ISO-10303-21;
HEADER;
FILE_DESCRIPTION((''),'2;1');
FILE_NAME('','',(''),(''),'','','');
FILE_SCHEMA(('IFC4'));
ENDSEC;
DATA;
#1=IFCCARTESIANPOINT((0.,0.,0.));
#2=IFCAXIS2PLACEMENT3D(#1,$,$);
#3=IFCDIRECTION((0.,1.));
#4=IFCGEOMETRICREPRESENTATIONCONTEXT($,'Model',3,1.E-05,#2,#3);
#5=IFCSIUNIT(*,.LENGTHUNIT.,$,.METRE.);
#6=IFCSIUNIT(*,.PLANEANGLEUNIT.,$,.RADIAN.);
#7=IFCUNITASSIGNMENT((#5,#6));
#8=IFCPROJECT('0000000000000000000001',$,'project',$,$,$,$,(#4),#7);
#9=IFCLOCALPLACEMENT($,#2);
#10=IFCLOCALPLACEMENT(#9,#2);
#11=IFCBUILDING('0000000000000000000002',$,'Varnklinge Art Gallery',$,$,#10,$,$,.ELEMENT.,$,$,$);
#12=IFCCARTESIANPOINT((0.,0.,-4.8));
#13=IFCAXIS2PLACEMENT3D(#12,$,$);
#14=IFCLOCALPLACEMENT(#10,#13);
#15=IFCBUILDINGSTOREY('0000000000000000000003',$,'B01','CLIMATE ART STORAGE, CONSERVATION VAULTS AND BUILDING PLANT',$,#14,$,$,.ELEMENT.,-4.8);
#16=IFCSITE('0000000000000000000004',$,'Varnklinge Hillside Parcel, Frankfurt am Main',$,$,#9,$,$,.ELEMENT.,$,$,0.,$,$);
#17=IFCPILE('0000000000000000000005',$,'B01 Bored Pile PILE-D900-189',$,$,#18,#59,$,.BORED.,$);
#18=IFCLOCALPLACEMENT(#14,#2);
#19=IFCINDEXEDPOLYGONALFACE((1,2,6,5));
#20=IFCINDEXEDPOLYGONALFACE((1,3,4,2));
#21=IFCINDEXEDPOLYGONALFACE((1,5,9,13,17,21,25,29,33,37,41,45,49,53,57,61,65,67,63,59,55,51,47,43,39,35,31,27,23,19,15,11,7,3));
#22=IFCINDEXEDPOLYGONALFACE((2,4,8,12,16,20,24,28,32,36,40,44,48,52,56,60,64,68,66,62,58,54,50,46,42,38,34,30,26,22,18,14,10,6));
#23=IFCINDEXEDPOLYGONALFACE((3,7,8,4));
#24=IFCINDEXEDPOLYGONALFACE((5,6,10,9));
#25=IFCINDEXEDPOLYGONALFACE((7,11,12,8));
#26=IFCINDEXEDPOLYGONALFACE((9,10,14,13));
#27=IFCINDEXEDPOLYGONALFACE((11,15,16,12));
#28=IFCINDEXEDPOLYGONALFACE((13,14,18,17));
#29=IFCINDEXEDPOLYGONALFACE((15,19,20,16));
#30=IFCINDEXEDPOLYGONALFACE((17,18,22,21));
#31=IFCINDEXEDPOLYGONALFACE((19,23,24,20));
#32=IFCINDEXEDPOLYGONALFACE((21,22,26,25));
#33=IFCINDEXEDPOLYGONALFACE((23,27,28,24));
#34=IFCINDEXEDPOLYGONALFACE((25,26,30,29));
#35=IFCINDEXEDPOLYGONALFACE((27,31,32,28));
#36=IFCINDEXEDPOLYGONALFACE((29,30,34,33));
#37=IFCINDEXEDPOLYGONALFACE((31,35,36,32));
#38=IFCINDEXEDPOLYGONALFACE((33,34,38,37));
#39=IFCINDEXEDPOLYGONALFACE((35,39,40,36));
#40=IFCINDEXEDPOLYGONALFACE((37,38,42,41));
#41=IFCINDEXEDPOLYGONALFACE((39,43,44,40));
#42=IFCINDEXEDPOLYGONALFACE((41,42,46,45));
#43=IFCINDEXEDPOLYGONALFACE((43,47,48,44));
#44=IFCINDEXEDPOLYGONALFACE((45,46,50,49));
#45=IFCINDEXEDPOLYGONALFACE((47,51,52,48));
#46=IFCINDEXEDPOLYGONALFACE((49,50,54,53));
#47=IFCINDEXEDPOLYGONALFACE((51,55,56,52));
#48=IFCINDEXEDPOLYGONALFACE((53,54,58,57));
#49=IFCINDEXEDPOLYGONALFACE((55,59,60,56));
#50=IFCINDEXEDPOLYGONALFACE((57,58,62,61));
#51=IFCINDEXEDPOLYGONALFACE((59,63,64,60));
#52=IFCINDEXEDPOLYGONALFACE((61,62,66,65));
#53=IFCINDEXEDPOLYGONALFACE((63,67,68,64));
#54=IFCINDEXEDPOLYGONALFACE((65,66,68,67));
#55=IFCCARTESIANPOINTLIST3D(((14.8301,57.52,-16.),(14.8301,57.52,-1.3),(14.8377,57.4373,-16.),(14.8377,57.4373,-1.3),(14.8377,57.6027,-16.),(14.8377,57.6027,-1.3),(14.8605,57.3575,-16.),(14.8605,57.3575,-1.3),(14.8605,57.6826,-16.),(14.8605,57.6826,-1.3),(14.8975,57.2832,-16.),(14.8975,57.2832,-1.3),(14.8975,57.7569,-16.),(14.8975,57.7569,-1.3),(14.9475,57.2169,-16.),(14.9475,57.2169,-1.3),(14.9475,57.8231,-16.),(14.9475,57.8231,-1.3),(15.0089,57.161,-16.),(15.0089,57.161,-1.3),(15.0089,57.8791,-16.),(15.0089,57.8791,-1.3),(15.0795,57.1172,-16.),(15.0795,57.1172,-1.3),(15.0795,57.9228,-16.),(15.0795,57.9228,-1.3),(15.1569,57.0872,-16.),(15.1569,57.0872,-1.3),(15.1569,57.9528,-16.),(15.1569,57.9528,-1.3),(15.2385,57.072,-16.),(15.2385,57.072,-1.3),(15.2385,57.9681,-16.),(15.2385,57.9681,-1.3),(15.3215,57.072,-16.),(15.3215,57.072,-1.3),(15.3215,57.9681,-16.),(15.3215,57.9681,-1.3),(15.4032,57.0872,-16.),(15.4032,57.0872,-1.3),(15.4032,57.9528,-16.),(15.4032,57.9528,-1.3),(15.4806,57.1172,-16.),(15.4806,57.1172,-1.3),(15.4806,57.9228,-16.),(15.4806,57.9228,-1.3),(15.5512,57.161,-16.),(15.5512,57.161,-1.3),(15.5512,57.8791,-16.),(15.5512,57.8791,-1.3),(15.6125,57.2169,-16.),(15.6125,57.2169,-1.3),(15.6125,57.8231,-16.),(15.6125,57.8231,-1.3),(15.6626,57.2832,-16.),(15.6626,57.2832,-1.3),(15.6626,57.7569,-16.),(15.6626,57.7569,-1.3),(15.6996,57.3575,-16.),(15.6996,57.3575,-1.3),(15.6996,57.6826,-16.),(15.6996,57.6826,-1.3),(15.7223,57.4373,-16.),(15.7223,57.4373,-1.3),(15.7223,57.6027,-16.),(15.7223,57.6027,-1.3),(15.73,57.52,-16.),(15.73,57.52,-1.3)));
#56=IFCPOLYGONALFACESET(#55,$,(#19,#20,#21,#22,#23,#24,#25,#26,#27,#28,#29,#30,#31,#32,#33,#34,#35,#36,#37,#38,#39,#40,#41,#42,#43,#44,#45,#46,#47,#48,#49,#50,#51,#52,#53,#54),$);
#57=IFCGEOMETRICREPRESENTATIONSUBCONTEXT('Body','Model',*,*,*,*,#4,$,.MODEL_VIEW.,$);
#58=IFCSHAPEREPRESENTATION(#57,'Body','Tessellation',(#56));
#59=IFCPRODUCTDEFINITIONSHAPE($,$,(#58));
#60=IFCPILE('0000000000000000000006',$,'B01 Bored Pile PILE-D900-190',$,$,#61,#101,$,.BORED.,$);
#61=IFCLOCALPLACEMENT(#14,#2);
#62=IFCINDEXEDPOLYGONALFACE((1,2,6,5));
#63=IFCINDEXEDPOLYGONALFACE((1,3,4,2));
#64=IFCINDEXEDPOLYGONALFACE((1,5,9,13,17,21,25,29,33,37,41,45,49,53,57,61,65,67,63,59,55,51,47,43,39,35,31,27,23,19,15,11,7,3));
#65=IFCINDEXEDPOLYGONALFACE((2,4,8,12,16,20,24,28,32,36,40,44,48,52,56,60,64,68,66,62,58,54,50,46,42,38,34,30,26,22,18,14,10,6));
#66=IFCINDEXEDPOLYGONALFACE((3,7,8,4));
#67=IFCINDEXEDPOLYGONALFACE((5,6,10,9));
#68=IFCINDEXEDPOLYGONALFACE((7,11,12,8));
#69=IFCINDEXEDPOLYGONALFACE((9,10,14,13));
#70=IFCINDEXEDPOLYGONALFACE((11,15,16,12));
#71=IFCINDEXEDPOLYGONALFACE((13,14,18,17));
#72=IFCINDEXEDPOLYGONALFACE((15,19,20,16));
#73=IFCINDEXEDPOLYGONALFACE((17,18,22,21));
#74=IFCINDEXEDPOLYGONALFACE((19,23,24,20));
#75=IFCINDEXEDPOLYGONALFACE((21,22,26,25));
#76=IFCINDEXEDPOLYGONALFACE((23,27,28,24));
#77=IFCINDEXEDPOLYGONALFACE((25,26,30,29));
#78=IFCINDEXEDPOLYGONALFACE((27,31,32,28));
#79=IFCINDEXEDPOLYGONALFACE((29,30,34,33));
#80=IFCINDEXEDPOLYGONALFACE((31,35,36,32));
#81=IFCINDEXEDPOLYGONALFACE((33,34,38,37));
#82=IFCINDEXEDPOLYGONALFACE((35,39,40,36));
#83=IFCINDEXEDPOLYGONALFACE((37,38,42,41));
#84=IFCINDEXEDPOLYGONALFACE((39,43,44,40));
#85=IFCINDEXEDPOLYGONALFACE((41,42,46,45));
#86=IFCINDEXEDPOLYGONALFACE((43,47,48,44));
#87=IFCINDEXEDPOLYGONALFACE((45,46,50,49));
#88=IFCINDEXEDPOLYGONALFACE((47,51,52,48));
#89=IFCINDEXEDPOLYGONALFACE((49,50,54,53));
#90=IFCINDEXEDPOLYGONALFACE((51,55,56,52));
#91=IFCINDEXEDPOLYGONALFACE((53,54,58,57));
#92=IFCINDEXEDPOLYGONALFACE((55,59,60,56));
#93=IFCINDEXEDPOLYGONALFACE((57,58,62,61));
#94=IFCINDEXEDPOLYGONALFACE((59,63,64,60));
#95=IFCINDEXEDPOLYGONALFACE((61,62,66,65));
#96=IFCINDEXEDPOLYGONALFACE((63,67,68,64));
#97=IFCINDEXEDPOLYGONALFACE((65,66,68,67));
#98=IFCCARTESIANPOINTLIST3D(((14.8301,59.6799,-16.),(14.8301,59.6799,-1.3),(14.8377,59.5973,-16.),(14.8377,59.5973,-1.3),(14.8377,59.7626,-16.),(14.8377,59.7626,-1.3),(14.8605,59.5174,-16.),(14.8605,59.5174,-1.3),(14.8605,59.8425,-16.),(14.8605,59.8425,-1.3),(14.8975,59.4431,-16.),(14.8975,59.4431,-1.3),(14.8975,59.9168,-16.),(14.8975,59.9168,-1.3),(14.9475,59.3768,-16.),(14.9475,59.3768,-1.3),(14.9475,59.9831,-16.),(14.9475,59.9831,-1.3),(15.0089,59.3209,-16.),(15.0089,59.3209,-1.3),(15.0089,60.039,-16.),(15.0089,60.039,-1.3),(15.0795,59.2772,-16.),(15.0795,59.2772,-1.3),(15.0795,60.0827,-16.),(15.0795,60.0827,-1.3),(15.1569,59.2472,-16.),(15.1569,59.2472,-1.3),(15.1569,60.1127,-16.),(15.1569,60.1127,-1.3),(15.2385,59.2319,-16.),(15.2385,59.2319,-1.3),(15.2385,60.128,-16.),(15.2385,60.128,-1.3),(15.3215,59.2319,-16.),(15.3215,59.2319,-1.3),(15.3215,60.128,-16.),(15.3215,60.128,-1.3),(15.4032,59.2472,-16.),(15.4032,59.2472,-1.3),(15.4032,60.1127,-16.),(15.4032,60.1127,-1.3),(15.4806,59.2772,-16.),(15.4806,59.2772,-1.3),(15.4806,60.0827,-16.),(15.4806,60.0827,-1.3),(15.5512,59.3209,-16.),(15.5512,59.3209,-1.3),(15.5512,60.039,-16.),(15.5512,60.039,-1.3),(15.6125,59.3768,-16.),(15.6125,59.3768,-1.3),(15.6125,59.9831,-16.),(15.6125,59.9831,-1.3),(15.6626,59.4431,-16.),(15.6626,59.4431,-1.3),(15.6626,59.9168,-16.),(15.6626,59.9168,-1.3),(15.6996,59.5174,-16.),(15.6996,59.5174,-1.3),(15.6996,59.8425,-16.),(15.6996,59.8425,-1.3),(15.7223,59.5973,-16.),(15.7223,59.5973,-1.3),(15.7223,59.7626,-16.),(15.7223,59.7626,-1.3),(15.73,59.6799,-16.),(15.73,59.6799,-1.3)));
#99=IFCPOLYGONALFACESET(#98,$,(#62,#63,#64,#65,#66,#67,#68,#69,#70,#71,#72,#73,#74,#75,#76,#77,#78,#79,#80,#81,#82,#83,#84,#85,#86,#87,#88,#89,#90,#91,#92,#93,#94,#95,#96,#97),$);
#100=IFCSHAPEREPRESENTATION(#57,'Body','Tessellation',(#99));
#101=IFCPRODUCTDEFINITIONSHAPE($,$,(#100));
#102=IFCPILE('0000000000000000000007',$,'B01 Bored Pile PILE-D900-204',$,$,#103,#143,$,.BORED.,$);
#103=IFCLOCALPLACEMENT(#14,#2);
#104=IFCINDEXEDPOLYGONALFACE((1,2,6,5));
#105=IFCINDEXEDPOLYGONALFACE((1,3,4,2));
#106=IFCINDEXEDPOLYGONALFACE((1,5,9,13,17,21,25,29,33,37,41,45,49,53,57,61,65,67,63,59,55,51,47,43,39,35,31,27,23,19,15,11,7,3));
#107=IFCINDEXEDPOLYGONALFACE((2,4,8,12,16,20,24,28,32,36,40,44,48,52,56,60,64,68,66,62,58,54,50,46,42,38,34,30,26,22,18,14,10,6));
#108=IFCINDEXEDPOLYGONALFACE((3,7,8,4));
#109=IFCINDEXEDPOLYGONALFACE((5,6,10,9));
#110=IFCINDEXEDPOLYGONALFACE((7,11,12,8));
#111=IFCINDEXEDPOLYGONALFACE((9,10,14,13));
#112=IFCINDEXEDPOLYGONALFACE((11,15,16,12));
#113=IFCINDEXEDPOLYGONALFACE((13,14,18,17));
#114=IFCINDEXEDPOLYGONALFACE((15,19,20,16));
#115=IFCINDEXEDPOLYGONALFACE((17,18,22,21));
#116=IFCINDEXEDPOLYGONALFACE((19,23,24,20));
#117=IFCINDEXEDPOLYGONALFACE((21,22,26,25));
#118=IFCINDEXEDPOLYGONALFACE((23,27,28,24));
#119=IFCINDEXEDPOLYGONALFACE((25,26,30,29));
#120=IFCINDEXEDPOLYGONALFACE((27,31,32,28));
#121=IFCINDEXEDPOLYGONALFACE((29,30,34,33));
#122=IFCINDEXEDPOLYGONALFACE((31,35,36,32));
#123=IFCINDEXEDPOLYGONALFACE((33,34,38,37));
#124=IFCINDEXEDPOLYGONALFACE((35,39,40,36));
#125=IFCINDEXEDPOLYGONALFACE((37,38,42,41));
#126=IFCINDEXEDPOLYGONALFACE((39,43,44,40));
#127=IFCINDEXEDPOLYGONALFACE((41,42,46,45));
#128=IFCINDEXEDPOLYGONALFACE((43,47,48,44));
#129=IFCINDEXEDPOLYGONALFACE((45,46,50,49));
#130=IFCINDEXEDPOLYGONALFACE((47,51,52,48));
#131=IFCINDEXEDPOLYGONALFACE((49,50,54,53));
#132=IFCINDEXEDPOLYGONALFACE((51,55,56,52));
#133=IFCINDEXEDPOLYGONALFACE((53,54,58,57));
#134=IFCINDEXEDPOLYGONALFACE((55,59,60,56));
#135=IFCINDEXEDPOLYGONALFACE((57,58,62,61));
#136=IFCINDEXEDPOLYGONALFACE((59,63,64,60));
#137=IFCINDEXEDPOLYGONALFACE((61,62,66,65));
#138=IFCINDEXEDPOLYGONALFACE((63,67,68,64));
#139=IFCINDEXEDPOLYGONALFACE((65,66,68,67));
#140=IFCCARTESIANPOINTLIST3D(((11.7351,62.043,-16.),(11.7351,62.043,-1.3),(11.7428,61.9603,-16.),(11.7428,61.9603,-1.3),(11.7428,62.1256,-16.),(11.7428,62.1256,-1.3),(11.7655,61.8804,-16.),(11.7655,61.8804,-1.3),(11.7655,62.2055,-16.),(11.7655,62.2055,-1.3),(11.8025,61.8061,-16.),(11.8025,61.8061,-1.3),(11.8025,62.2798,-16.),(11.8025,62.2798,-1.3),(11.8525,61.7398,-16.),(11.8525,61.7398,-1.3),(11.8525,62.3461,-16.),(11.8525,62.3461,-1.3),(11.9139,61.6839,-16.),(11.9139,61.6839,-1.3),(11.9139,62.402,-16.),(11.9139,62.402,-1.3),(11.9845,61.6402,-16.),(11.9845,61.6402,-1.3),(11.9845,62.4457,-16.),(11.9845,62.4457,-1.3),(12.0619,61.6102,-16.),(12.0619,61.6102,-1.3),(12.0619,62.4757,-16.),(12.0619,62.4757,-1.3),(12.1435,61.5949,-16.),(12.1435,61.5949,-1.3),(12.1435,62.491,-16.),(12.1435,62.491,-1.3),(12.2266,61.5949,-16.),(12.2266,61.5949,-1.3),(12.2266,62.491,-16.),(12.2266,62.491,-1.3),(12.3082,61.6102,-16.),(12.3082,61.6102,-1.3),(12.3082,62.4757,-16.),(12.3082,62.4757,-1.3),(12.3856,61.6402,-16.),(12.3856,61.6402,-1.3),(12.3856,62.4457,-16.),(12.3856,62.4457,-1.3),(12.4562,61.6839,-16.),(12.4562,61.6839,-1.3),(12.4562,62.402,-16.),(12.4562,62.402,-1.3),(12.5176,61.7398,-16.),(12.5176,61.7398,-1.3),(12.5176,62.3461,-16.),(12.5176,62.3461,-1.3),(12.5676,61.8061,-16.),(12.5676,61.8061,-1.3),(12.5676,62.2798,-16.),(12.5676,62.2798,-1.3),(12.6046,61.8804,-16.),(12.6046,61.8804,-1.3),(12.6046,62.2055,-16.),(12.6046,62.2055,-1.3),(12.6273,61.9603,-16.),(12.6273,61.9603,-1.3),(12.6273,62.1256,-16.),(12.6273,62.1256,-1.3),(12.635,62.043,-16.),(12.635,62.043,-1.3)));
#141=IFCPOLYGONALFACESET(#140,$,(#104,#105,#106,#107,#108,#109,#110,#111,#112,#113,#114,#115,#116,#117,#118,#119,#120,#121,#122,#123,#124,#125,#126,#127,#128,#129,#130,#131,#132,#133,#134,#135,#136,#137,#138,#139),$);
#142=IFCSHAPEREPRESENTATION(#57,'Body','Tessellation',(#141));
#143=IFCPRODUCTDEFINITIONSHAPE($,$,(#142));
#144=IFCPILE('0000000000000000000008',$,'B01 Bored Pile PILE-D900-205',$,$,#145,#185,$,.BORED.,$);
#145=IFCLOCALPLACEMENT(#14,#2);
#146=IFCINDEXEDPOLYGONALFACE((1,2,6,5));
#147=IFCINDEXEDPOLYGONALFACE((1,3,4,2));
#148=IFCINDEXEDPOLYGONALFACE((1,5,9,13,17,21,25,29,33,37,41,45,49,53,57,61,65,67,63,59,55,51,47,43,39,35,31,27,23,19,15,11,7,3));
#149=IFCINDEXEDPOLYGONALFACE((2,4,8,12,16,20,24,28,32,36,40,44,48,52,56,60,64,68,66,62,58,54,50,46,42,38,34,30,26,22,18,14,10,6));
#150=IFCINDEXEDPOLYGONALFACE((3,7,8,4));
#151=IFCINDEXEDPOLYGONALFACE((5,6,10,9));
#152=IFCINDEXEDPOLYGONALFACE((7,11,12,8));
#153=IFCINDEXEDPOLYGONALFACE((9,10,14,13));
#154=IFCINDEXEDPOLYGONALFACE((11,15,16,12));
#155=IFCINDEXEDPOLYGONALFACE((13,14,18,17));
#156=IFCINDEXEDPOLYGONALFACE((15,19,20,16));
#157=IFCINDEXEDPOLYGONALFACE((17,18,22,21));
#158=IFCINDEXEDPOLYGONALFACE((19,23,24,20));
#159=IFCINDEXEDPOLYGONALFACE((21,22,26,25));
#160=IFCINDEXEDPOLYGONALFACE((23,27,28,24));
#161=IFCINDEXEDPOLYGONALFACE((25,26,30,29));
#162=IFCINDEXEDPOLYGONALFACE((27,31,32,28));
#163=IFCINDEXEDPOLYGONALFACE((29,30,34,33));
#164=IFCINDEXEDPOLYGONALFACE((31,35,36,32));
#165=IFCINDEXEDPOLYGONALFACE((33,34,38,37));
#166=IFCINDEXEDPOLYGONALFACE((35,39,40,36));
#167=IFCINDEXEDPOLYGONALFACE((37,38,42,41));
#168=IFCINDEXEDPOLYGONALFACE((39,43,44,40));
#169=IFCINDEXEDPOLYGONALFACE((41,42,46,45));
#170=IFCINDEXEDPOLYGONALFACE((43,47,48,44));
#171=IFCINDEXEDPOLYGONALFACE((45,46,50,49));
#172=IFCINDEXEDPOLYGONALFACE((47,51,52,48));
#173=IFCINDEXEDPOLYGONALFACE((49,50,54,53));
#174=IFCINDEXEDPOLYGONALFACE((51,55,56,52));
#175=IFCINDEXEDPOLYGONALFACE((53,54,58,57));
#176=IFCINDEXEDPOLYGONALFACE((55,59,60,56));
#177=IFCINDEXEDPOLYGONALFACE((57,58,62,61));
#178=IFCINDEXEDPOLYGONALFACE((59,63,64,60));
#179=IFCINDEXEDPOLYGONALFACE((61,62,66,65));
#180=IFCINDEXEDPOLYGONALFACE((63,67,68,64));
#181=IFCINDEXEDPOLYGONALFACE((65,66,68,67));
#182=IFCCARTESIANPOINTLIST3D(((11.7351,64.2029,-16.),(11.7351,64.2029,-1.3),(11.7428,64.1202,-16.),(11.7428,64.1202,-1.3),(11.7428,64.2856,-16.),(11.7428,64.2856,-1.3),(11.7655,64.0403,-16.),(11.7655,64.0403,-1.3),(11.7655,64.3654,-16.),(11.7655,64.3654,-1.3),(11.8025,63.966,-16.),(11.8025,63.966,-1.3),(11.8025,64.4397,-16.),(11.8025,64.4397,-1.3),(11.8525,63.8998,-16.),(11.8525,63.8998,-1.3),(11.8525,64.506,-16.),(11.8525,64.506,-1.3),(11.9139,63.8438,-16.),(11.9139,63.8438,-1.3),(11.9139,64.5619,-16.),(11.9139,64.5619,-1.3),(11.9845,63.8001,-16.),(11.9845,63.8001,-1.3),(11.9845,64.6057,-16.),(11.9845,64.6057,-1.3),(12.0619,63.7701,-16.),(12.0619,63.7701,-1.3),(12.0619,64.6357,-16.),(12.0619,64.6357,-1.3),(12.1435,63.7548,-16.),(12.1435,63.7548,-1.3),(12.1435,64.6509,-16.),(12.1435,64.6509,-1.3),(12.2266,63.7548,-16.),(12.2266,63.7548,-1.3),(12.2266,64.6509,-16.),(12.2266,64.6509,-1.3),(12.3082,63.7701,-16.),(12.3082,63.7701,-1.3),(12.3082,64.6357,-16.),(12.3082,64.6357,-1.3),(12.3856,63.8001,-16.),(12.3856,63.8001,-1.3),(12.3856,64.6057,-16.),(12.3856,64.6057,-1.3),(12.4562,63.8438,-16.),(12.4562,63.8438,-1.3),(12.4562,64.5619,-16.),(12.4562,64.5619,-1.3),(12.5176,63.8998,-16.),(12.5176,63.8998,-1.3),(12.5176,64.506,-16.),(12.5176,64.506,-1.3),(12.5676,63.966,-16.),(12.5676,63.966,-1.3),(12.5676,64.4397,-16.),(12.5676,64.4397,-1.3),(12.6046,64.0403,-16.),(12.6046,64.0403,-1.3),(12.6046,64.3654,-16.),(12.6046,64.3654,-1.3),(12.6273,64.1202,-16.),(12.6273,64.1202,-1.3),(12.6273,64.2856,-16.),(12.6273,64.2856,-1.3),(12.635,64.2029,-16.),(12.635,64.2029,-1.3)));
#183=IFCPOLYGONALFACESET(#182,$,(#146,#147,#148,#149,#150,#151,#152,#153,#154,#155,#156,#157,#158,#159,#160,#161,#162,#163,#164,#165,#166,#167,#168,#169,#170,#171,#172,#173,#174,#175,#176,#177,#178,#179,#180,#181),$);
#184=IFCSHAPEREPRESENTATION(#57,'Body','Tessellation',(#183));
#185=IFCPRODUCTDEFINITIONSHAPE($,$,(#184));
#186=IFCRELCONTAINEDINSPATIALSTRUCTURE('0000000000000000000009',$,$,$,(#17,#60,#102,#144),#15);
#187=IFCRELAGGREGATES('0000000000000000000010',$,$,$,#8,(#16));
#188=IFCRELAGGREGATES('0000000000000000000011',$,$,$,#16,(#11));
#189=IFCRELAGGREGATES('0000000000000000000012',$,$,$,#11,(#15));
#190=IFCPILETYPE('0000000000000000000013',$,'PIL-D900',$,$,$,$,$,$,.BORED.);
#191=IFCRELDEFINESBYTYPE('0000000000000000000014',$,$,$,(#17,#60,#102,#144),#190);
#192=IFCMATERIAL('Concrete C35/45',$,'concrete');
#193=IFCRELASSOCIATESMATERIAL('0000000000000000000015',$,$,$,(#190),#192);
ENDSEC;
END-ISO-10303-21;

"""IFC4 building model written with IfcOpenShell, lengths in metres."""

from ifc_helpers import new_model, si_unit, direction, frame, origin, origin_2d, place, context, subcontext, project, spatial, circle, extrude, material, material_profile, profile_set, type_object, element, save


model = new_model("IFC4")

# Units and contexts
model_context = context("Model", 3, precision=1e-05, world=origin(), true_north=direction((0.0, 1.0)))
body_context = subcontext(model_context, "Body", "Model", "MODEL_VIEW")
ifc_project = project(units=[si_unit("LENGTHUNIT", "METRE"), si_unit("PLANEANGLEUNIT", "RADIAN")], contexts=[model_context])

# Site, building, storey
site_placement = place(None, origin())
site = spatial("IfcSite", under=ifc_project, at=site_placement, Name="Varnklinge Hillside Parcel, Frankfurt am Main", CompositionType="ELEMENT", RefElevation=0.0)
building_placement = place(site_placement, origin())
building = spatial("IfcBuilding", under=site, at=building_placement, Name="Varnklinge Art Gallery", CompositionType="ELEMENT")
storey_placement = place(building_placement, frame((0.0, 0.0, -4.8)))
storey = spatial("IfcBuildingStorey", under=building, at=storey_placement, Name="B01", Description="CLIMATE ART STORAGE, CONSERVATION VAULTS AND BUILDING PLANT", CompositionType="ELEMENT", Elevation=-4.8)

# Piles
ifc_material_1 = material(Name="Concrete C35/45", Category="concrete")
ifc_material_profile_1 = material_profile(ifc_material_1, circle(Radius=0.45, at=origin_2d()), Name="PILE D900")
ifc_profile_set_1 = profile_set([ifc_material_profile_1], Name="Concrete C35/45")
pile_type = type_object("IfcPileType", Name="PIL-D900", PredefinedType="BORED", material=ifc_profile_set_1)
for number, where, z_axis, x_axis, name in (
    (1, (15.28, 57.52, -1.3), (0.0, 0.0, -1.0), (1.0, 0.0, 0.0), "B01 Bored Pile PILE-D900-189"),
    (2, (15.28, 59.6799, -1.3), (0.0, 0.0, -1.0), (1.0, 0.0, 0.0), "B01 Bored Pile PILE-D900-190"),
    (3, (12.1851, 62.043, -1.3), (0.0, 0.0, -1.0), (1.0, 0.0, 0.0), "B01 Bored Pile PILE-D900-204"),
    (4, (12.1851, 64.2029, -1.3), (0.0, 0.0, -1.0), (1.0, 0.0, 0.0), "B01 Bored Pile PILE-D900-205"),
):
    element("IfcPile", number, at=place(storey_placement, frame(where, z_axis=z_axis, x_axis=x_axis)), inside=storey, type_object=pile_type, Name=name, PredefinedType="BORED", context=body_context, shape_type="SweptSolid", body=[
        extrude(circle(Radius=0.45, at=origin_2d()), origin(), (0.0, 0.0, 1.0), 14.7),
    ])

save(model, "model.ifc")
